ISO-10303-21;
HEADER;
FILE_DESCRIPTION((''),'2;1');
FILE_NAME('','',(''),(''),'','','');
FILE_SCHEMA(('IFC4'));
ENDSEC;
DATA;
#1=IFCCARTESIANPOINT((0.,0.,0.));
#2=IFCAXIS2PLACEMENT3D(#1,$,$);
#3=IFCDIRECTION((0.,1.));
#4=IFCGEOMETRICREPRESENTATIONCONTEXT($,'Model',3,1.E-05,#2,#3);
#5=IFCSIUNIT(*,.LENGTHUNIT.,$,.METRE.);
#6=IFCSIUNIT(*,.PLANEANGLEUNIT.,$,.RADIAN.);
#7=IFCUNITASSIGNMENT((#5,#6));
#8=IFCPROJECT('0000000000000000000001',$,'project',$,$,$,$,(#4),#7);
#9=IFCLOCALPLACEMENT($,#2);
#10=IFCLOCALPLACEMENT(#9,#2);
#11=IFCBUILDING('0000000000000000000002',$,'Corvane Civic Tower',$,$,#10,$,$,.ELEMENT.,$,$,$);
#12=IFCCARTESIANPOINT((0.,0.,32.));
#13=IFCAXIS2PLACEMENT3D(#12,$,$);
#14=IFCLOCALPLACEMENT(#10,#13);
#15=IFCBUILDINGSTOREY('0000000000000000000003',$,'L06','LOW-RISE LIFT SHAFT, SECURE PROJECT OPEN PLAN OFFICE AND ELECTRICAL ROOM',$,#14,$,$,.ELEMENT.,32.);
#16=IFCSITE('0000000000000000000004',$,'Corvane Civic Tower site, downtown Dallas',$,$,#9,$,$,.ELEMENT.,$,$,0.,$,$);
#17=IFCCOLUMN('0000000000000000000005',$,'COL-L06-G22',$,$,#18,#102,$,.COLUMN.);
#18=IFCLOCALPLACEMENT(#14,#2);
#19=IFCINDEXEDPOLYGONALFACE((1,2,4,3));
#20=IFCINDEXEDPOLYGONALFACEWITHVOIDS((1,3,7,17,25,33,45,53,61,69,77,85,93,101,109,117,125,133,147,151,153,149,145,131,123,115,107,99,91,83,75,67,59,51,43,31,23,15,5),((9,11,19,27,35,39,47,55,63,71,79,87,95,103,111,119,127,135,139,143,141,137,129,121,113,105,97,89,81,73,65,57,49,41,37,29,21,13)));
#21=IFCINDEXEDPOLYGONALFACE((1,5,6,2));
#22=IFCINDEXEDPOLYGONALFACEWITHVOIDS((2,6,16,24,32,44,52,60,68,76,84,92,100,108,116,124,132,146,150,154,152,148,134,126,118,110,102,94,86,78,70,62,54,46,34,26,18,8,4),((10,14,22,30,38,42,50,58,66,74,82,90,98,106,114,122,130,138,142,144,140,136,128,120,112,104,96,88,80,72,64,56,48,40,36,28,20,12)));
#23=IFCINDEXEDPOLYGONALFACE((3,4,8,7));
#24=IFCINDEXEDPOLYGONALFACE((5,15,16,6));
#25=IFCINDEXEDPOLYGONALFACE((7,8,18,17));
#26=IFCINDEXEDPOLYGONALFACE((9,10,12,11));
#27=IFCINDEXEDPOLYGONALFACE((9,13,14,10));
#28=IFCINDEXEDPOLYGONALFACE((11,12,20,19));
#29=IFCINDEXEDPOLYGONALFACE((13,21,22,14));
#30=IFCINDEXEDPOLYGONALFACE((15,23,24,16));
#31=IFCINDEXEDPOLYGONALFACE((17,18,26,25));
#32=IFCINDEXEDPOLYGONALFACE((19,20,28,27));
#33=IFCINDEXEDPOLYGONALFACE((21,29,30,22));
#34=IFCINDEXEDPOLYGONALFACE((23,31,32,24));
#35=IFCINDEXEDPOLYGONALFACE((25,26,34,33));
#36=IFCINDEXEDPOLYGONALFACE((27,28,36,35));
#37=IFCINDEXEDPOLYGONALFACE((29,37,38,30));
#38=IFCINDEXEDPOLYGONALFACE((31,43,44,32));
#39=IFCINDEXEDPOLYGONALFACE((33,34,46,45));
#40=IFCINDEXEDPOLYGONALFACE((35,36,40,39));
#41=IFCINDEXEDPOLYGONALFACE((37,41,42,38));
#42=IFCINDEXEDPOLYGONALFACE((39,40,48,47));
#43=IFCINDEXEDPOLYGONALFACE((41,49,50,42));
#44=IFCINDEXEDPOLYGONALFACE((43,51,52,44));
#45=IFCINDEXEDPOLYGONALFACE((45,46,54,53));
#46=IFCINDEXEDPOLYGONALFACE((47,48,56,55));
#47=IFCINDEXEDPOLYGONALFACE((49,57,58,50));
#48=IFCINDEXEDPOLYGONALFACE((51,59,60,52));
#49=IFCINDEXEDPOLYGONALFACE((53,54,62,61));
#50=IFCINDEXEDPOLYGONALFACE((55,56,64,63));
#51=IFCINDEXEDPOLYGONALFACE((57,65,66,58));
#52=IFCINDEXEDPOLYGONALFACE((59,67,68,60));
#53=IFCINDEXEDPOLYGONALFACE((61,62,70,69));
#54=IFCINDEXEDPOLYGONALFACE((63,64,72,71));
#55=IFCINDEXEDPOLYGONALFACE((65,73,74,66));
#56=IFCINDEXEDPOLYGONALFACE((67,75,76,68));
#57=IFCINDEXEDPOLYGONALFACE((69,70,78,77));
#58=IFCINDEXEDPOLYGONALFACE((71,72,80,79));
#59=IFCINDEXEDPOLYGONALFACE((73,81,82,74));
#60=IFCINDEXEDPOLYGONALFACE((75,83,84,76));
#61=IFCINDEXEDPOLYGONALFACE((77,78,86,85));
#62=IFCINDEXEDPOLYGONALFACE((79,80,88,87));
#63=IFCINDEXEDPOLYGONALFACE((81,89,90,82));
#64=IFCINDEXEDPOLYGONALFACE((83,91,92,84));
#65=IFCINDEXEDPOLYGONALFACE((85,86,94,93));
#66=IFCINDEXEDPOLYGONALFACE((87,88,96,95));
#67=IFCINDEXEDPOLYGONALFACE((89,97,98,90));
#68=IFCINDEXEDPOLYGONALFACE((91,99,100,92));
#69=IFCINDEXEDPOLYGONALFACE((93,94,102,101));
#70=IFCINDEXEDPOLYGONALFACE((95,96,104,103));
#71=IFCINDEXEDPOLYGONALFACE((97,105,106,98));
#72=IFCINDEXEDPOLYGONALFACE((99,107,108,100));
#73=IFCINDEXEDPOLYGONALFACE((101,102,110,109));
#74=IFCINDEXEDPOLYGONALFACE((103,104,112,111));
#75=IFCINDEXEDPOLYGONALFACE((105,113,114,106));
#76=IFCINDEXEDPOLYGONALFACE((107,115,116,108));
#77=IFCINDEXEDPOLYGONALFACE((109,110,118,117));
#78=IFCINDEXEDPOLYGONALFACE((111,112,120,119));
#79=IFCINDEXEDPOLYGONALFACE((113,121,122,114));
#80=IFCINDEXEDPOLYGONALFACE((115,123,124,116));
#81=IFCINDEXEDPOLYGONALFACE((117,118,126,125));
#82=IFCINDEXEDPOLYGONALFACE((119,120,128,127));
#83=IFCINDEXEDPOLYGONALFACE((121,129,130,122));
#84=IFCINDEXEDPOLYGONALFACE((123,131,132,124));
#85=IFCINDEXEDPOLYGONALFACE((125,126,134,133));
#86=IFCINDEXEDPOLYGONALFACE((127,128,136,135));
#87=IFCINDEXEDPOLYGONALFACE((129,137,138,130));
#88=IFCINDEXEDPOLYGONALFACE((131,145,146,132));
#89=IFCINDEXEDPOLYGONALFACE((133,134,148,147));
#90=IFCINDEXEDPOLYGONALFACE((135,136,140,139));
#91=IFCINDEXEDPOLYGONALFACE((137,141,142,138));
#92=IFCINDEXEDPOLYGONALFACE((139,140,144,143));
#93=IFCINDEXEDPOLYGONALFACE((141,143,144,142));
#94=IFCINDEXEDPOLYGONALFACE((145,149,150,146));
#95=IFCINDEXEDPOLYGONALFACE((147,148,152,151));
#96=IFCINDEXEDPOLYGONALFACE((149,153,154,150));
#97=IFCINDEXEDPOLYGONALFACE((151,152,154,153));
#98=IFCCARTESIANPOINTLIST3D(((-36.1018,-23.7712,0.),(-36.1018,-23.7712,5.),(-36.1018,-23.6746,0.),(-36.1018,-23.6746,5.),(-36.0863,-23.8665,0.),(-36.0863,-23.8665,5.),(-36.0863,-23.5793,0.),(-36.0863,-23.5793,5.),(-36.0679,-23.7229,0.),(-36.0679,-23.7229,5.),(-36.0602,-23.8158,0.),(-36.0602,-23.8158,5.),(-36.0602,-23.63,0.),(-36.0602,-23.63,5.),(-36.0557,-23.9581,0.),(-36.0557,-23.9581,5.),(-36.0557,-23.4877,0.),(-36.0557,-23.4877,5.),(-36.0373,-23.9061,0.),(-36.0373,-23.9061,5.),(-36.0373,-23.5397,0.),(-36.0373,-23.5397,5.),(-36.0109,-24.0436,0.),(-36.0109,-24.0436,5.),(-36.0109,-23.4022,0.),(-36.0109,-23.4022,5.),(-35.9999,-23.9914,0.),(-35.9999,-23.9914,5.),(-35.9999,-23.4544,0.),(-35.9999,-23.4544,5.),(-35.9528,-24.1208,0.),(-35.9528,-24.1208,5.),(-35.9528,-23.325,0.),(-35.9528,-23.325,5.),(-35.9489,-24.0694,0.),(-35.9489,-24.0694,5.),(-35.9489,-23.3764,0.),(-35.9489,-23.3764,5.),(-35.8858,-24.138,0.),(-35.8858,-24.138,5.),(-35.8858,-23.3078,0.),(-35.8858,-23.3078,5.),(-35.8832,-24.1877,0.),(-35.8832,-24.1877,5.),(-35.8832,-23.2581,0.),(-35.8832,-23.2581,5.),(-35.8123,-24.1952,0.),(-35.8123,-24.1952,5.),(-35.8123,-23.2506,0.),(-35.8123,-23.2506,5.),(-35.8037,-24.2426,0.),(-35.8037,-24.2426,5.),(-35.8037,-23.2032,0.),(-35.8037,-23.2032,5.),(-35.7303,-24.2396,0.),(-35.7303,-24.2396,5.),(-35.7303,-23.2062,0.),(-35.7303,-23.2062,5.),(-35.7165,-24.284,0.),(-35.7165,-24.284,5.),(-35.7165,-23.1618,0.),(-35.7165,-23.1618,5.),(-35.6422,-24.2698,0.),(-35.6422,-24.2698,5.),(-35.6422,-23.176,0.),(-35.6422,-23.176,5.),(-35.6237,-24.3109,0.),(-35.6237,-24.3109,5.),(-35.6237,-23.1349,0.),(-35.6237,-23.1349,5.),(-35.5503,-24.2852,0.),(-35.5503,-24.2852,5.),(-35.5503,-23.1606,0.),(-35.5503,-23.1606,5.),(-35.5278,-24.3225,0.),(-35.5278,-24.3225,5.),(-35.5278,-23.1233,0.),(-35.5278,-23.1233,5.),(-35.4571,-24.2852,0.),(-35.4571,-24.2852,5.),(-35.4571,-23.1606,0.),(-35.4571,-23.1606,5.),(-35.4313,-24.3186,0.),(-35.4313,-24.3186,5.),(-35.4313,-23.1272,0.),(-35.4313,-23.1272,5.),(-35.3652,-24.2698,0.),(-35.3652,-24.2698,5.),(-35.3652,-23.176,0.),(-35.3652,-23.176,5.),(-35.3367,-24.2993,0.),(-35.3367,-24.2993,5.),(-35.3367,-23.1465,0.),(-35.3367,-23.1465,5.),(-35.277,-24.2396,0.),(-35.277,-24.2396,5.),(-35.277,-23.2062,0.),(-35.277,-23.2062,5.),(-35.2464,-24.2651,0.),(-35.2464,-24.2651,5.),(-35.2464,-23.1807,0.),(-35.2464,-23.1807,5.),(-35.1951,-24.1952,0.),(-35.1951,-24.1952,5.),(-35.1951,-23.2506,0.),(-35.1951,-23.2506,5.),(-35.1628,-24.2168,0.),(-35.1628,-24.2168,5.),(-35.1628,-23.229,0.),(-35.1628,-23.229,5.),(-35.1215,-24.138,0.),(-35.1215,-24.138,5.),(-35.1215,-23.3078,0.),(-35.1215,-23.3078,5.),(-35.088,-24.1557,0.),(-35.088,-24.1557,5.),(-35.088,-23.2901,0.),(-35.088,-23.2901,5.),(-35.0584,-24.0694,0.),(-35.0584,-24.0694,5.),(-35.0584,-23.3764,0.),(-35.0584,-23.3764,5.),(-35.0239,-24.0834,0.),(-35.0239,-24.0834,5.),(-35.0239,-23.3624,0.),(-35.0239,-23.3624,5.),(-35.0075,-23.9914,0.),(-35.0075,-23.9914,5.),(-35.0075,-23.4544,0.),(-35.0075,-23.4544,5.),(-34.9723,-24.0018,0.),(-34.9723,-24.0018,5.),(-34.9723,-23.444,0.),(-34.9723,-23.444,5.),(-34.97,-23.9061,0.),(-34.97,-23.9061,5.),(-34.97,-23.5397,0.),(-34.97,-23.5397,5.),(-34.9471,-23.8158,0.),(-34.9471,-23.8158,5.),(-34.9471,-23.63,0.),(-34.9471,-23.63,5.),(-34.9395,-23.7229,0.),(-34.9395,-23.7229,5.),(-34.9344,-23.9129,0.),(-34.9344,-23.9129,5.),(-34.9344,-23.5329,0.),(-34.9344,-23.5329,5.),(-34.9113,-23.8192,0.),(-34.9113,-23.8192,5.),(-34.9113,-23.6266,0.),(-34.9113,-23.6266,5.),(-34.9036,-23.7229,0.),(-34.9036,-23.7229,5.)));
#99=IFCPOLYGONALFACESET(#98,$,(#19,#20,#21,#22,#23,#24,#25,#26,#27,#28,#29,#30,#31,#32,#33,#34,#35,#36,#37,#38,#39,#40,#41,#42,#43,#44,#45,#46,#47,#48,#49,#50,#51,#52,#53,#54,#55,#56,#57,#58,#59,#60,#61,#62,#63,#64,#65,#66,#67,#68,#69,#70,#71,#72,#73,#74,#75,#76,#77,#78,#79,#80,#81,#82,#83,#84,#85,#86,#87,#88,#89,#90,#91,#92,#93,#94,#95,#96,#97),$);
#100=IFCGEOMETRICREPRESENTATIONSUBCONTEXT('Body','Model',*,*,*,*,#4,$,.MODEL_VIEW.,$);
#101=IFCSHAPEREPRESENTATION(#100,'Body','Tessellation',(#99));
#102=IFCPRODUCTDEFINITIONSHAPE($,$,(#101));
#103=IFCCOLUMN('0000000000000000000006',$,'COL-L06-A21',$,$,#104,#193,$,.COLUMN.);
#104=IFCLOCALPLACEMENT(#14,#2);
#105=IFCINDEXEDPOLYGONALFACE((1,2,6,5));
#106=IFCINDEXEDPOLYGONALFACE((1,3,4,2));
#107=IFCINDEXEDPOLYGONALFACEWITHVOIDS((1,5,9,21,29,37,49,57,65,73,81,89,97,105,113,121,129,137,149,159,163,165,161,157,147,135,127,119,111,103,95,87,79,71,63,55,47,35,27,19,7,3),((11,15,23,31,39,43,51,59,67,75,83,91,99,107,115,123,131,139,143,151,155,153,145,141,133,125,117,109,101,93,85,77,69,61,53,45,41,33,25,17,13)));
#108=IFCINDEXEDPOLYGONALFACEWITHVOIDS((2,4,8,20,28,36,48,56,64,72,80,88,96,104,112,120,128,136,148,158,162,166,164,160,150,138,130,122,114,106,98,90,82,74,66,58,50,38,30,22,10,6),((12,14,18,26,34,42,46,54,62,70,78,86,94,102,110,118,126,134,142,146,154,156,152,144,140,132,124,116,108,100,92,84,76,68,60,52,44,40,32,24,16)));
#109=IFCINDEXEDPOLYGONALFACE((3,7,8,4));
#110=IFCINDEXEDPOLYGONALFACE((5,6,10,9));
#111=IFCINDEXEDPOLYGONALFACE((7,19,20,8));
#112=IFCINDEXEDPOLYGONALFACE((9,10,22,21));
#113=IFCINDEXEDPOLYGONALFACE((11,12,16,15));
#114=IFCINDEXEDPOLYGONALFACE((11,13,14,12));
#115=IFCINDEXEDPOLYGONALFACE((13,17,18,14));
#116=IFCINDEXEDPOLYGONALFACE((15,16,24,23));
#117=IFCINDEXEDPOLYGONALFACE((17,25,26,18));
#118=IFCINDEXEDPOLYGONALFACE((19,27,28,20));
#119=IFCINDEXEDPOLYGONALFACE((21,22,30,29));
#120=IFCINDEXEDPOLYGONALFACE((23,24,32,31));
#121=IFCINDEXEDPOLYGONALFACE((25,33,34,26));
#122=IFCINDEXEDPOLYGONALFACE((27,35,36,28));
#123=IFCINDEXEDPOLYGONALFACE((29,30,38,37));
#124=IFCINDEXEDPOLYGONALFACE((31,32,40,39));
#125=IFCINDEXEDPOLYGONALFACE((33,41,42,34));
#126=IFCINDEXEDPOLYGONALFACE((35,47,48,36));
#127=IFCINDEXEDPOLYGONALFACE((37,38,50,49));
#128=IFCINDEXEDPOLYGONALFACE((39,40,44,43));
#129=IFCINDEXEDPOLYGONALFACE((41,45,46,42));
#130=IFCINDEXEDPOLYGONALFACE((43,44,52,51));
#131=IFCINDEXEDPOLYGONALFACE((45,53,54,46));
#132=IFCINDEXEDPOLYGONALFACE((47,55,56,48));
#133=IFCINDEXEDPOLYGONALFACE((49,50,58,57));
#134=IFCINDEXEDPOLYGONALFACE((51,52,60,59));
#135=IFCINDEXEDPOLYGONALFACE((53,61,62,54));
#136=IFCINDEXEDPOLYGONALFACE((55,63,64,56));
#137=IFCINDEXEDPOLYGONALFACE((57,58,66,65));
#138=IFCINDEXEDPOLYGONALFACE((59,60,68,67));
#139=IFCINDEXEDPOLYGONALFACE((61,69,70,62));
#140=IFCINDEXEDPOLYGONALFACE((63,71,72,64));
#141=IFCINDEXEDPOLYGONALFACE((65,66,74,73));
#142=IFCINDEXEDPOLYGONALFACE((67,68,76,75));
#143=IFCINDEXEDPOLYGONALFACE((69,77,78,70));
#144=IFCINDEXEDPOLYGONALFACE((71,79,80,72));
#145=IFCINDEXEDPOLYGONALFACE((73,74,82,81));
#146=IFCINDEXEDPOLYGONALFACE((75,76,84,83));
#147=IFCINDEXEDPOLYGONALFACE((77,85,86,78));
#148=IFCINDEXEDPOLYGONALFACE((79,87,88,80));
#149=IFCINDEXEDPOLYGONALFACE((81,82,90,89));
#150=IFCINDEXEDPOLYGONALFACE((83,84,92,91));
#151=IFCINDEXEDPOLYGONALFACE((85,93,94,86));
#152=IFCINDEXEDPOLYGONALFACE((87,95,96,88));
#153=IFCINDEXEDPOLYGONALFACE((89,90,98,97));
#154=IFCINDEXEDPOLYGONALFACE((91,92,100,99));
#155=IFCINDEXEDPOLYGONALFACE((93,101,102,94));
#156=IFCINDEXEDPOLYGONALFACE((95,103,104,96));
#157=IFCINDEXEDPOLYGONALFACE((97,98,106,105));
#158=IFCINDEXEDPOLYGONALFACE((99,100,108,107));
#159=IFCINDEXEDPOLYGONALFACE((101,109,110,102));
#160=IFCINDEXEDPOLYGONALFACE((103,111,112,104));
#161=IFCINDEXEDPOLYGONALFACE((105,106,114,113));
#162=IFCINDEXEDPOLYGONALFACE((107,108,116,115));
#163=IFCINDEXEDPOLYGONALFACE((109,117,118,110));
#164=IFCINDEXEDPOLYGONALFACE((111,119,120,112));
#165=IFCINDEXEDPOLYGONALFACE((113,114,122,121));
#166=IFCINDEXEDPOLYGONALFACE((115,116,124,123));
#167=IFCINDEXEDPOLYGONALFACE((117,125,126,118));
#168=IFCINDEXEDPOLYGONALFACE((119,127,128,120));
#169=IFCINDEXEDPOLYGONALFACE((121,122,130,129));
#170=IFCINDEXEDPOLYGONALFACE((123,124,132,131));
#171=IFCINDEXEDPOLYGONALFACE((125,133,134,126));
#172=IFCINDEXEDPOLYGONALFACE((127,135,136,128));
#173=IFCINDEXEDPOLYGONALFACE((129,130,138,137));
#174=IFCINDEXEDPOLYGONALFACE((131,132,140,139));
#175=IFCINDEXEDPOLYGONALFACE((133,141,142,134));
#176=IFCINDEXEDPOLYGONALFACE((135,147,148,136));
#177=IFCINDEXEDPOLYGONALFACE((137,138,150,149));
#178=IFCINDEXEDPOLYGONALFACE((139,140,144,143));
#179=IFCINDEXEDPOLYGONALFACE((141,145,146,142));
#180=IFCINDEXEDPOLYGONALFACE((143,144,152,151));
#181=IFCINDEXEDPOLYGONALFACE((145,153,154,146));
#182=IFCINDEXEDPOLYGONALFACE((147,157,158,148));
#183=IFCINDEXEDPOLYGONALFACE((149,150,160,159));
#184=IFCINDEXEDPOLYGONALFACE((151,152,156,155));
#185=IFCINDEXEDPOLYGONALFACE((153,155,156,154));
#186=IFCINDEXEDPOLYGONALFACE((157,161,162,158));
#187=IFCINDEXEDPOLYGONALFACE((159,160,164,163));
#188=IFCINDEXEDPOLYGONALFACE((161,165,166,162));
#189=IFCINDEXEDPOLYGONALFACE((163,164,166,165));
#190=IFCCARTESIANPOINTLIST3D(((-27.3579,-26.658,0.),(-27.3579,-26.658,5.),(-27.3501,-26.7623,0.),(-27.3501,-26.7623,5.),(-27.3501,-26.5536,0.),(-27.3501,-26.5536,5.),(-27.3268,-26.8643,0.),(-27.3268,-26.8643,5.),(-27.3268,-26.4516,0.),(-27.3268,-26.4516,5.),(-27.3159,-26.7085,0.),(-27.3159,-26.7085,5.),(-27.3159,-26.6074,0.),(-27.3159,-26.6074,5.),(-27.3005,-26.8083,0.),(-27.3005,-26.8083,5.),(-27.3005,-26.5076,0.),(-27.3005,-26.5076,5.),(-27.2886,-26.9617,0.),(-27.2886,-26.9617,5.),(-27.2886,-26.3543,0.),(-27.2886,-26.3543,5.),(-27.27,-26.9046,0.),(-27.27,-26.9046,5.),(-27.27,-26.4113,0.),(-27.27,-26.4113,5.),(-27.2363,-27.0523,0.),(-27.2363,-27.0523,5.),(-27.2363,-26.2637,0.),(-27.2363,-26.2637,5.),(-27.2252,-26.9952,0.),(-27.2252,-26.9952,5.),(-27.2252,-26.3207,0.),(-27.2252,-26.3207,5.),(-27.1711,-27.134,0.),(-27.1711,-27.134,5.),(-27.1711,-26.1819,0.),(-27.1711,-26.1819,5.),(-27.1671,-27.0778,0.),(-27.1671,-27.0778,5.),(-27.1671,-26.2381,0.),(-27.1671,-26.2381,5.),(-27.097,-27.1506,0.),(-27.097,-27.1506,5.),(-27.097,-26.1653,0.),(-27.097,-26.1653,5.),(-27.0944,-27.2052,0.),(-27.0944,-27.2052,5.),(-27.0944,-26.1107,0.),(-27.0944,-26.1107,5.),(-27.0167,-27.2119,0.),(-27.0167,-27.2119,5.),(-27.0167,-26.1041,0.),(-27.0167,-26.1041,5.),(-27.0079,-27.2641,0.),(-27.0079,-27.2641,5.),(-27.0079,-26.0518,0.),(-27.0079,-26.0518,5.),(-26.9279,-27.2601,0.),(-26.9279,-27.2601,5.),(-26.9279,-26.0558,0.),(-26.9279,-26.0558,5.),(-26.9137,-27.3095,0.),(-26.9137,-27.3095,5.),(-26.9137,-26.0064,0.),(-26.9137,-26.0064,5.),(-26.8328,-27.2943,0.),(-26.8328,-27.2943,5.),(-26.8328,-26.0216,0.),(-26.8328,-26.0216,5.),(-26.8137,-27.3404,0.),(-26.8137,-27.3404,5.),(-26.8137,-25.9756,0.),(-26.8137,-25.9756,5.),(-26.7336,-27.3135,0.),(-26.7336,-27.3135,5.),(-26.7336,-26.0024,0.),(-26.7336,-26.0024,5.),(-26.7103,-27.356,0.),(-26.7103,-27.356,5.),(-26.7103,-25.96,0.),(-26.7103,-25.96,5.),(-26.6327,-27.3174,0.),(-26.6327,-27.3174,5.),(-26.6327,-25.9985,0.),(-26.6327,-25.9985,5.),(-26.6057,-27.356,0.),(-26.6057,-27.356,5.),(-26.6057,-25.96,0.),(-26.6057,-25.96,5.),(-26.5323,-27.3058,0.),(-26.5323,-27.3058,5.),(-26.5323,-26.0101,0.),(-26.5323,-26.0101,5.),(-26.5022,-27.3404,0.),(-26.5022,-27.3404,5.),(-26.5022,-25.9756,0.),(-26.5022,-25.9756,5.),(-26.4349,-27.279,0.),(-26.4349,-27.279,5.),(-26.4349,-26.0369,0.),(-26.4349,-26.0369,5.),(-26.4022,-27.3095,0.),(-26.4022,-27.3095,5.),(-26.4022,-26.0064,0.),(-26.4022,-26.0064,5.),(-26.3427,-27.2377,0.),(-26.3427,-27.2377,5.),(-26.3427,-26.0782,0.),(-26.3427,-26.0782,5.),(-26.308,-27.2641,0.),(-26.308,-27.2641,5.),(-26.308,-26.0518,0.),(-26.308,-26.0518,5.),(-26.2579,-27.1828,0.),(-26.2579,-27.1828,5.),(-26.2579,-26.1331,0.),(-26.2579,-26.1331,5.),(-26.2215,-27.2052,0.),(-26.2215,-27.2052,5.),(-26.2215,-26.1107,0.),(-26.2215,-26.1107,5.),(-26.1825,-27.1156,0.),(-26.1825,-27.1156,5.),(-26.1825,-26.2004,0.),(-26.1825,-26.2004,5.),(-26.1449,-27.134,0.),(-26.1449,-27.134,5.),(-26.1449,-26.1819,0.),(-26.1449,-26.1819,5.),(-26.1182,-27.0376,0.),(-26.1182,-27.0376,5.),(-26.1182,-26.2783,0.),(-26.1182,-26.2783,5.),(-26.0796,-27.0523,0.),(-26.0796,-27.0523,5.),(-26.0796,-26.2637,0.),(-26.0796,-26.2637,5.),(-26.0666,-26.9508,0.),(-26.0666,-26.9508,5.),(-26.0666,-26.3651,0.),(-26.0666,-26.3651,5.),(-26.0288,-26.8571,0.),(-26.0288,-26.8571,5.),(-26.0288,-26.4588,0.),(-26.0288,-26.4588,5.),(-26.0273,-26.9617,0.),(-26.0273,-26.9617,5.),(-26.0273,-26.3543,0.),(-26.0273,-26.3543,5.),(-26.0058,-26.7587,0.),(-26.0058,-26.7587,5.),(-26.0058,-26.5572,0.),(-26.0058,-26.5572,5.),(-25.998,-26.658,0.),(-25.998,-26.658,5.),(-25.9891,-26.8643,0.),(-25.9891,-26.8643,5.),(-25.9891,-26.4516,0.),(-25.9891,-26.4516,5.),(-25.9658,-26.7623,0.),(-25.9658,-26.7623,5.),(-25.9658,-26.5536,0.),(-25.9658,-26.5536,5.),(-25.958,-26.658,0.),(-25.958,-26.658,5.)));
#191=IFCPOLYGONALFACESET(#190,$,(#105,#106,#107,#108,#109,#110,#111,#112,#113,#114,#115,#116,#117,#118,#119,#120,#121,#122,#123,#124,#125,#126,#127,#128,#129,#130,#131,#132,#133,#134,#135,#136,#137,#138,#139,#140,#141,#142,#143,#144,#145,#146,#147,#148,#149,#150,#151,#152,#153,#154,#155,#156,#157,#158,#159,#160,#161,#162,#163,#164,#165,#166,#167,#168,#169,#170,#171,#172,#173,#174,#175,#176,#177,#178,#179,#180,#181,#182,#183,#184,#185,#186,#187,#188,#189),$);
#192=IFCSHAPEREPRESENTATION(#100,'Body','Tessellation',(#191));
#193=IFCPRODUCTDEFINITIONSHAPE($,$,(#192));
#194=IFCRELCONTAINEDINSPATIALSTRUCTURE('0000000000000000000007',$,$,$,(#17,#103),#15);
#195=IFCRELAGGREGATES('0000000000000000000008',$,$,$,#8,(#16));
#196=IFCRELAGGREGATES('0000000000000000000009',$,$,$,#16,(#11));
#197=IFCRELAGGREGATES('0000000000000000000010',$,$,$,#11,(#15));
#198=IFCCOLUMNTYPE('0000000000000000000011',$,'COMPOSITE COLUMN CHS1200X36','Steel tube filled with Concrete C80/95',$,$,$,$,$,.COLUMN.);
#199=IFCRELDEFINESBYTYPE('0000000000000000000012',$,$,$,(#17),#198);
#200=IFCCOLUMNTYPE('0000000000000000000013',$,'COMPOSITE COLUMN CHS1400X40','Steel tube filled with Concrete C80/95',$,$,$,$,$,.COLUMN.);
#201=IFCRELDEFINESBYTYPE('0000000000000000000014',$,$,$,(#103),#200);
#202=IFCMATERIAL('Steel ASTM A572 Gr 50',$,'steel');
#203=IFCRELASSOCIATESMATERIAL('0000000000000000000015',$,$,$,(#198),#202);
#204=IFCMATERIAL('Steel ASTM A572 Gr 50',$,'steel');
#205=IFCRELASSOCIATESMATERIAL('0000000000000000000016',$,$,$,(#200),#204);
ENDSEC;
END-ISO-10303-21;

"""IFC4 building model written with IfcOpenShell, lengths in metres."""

from ifc_helpers import new_model, si_unit, direction, frame, origin, origin_2d, place, context, subcontext, project, spatial, hollow_circle, extrude, material, material_profile, profile_set, type_object, element, save


model = new_model("IFC4")

# Units and contexts
model_context = context("Model", 3, precision=1e-05, world=origin(), true_north=direction((0.0, 1.0)))
body_context = subcontext(model_context, "Body", "Model", "MODEL_VIEW")
ifc_project = project(units=[si_unit("LENGTHUNIT", "METRE"), si_unit("PLANEANGLEUNIT", "RADIAN")], contexts=[model_context])

# Site, building, storey
site_placement = place(None, origin())
site = spatial("IfcSite", under=ifc_project, at=site_placement, Name="Corvane Civic Tower site, downtown Dallas", CompositionType="ELEMENT", RefElevation=0.0)
building_placement = place(site_placement, origin())
building = spatial("IfcBuilding", under=site, at=building_placement, Name="Corvane Civic Tower", CompositionType="ELEMENT")
storey_placement = place(building_placement, frame((0.0, 0.0, 32.0)))
storey = spatial("IfcBuildingStorey", under=building, at=storey_placement, Name="L06", Description="LOW-RISE LIFT SHAFT, SECURE PROJECT OPEN PLAN OFFICE AND ELECTRICAL ROOM", CompositionType="ELEMENT", Elevation=32.0)

# Columns
ifc_material_1 = material(Name="Steel ASTM A572 Gr 50", Category="steel")
ifc_material_profile_1 = material_profile(ifc_material_1, hollow_circle(Radius=0.6001, WallThickness=0.0359, at=origin_2d()), Name="CHS1200X36")
ifc_profile_set_1 = profile_set([ifc_material_profile_1], Name="Steel ASTM A572 Gr 50")
column_type_1 = type_object("IfcColumnType", Name="COMPOSITE COLUMN CHS1200X36", Description="Steel tube filled with Concrete C80/95", PredefinedType="COLUMN", material=ifc_profile_set_1)
column_placement = place(storey_placement, frame((-35.5037, -23.7229, 0.0), z_axis=(0.0, 0.0, 1.0), x_axis=(1.0, 0.0, 0.0)))
element("IfcColumn", 1, at=column_placement, inside=storey, type_object=column_type_1, Name="COL-L06-G22", PredefinedType="COLUMN", context=body_context, shape_type="SweptSolid", body=[
    extrude(hollow_circle(Radius=0.6001, WallThickness=0.0359, at=origin_2d()), origin(), (0.0, 0.0, 1.0), 5.0),
])
ifc_material_2 = material(Name="Steel ASTM A572 Gr 50", Category="steel")
ifc_material_profile_2 = material_profile(ifc_material_2, hollow_circle(Radius=0.7, WallThickness=0.04, at=origin_2d()), Name="CHS1400X40")
ifc_profile_set_2 = profile_set([ifc_material_profile_2], Name="Steel ASTM A572 Gr 50")
column_type_2 = type_object("IfcColumnType", Name="COMPOSITE COLUMN CHS1400X40", Description="Steel tube filled with Concrete C80/95", PredefinedType="COLUMN", material=ifc_profile_set_2)
for number, where, z_axis, x_axis, name in (
    (2, (-26.658, -26.658, 0.0), (0.0, 0.0, 1.0), (1.0, 0.0, 0.0), "COL-L06-A21"),
):
    element("IfcColumn", number, at=place(storey_placement, frame(where, z_axis=z_axis, x_axis=x_axis)), inside=storey, type_object=column_type_2, Name=name, PredefinedType="COLUMN", context=body_context, shape_type="SweptSolid", body=[
        extrude(hollow_circle(Radius=0.7, WallThickness=0.04, at=origin_2d()), origin(), (0.0, 0.0, 1.0), 5.0),
    ])

save(model, "model.ifc")
